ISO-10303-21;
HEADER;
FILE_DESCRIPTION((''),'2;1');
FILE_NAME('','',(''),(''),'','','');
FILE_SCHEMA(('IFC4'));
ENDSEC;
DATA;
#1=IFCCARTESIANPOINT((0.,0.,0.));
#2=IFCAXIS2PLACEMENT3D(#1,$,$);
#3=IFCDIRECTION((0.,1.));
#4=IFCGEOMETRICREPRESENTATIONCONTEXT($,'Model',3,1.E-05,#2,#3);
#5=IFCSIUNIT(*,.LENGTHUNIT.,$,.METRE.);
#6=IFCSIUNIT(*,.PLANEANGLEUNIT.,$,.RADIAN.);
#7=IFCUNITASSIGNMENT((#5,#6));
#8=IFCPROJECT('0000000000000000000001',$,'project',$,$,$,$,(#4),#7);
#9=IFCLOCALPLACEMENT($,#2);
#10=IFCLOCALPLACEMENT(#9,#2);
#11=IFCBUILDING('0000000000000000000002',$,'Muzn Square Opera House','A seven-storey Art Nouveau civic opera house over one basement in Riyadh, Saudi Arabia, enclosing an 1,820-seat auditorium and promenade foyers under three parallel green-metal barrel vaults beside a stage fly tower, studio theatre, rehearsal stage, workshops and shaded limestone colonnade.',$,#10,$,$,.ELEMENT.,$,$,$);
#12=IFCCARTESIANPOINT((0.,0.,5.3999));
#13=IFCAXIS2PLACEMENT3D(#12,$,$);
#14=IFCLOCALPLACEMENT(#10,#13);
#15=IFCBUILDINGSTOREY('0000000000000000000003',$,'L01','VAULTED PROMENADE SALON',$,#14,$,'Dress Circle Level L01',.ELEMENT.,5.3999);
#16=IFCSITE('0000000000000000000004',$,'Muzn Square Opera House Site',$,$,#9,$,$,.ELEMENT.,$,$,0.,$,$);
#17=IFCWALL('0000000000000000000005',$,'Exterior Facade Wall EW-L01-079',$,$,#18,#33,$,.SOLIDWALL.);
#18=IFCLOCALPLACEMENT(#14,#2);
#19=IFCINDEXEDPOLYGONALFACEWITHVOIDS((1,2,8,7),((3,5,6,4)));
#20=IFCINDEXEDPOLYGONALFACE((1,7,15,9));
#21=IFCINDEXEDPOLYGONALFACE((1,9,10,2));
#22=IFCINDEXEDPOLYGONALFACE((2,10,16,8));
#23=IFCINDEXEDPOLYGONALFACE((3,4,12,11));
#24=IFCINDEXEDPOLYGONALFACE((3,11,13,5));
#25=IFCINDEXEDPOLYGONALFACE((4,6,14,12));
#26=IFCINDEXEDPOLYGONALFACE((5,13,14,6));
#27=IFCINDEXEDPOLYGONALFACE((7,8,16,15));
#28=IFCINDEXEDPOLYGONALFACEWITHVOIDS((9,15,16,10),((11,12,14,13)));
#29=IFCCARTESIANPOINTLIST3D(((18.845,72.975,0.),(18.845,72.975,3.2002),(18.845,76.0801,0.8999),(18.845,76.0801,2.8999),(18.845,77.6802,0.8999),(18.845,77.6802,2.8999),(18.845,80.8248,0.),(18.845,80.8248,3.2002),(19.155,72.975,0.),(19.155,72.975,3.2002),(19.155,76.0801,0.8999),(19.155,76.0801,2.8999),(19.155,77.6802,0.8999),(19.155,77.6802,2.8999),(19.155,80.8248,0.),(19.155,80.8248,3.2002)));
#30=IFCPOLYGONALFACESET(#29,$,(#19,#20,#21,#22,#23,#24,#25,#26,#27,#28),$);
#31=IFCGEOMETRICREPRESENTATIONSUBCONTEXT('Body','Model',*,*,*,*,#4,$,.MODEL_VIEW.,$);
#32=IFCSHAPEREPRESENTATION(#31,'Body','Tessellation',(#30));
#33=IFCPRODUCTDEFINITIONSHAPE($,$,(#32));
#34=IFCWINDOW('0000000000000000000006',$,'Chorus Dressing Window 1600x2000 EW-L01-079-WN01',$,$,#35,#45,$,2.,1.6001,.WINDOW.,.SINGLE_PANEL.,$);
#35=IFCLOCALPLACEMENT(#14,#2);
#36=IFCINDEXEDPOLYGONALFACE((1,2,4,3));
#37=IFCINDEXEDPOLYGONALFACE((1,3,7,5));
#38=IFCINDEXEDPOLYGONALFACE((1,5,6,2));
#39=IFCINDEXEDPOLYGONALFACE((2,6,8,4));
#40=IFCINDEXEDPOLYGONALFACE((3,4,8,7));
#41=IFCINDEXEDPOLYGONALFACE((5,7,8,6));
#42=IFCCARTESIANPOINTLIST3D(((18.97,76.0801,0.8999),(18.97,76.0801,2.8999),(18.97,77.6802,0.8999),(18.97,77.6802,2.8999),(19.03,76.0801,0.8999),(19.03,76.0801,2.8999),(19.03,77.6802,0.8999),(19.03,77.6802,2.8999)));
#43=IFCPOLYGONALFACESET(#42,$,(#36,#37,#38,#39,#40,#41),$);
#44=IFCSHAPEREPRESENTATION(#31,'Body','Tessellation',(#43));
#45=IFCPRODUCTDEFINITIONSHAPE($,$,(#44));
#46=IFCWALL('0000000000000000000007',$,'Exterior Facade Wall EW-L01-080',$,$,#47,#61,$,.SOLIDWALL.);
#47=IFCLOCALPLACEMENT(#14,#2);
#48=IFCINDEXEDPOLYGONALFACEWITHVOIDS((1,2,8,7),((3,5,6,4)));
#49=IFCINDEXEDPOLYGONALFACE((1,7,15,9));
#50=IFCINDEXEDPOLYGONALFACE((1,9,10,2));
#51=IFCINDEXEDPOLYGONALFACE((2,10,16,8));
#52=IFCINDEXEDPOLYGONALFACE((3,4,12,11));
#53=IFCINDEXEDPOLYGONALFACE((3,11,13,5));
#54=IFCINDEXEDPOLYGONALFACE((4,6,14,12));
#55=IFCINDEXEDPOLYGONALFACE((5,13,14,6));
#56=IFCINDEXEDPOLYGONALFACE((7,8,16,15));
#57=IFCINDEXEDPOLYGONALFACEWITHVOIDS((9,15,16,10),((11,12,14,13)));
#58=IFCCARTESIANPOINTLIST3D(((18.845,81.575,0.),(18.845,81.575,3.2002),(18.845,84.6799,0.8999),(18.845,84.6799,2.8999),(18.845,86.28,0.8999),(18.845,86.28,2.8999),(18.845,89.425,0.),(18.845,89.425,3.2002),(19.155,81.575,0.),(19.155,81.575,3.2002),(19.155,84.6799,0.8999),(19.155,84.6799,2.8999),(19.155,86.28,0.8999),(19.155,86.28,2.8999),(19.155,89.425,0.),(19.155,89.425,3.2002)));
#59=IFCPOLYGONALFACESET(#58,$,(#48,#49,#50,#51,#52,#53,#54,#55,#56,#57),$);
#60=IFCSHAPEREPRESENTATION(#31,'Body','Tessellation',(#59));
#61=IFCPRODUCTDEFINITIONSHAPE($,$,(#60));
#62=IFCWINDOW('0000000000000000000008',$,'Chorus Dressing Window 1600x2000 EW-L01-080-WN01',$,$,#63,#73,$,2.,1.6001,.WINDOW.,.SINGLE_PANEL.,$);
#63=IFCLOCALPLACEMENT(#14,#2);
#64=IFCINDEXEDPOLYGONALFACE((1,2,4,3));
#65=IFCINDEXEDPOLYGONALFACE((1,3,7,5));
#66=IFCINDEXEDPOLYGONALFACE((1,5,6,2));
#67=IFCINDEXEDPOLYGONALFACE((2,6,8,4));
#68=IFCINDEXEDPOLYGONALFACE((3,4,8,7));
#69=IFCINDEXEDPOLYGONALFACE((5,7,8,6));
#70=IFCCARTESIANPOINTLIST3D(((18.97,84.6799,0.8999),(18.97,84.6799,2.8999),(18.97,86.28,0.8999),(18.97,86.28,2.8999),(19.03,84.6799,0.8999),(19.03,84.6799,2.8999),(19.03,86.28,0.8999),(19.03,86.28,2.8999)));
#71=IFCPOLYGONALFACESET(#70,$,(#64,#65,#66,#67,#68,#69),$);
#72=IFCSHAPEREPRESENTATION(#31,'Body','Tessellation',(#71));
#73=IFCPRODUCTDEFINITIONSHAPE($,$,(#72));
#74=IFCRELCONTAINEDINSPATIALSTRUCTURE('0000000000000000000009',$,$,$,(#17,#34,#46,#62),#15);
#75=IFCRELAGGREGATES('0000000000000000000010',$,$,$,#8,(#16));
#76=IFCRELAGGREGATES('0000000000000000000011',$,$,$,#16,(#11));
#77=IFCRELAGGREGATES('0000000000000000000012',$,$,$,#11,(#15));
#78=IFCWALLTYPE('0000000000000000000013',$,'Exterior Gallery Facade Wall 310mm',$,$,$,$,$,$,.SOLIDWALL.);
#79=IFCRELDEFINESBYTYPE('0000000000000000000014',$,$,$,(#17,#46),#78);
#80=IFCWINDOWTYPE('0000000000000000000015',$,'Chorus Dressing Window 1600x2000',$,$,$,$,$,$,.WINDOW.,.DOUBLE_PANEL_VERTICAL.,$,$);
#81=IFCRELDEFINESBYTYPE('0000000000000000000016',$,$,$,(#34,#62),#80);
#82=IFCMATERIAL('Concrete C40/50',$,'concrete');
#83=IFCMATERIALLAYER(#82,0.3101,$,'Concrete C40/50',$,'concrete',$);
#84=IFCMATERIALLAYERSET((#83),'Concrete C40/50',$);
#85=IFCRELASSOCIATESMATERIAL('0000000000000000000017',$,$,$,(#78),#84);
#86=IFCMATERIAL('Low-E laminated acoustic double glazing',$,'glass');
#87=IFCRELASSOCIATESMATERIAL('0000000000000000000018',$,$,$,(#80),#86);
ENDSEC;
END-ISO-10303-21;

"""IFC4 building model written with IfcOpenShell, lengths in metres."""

from ifc_helpers import new_model, si_unit, direction, frame, frame_2d, origin, place, context, subcontext, project, spatial, rectangle, extrude, material, layer, layer_set, type_object, element, fill, save


model = new_model("IFC4")

# Units and contexts
model_context = context("Model", 3, precision=1e-05, world=origin(), true_north=direction((0.0, 1.0)))
body_context = subcontext(model_context, "Body", "Model", "MODEL_VIEW")
ifc_project = project(units=[si_unit("LENGTHUNIT", "METRE"), si_unit("PLANEANGLEUNIT", "RADIAN")], contexts=[model_context])

# Site, building, storey
site_placement = place(None, origin())
site = spatial("IfcSite", under=ifc_project, at=site_placement, Name="Muzn Square Opera House Site", CompositionType="ELEMENT", RefElevation=0.0)
building_placement = place(site_placement, origin())
building = spatial("IfcBuilding", under=site, at=building_placement, Name="Muzn Square Opera House", Description="A seven-storey Art Nouveau civic opera house over one basement in Riyadh, Saudi Arabia, enclosing an 1,820-seat auditorium and promenade foyers under three parallel green-metal barrel vaults beside a stage fly tower, studio theatre, rehearsal stage, workshops and shaded limestone colonnade.", CompositionType="ELEMENT")
storey_placement = place(building_placement, frame((0.0, 0.0, 5.3999)))
storey = spatial("IfcBuildingStorey", under=building, at=storey_placement, Name="L01", Description="VAULTED PROMENADE SALON", LongName="Dress Circle Level L01", CompositionType="ELEMENT", Elevation=5.3999)

# Shared definitions
ifc_material_1 = material(Name="Concrete C40/50", Category="concrete")

# Walls, openings, windows
ifc_layer = layer(ifc_material_1, 0.3101, Name="Concrete C40/50", Category="concrete")
ifc_layer_set = layer_set([ifc_layer], Name="Concrete C40/50")
wall_type = type_object("IfcWallType", Name="Exterior Gallery Facade Wall 310mm", PredefinedType="SOLIDWALL", material=ifc_layer_set)
wall_1_placement = place(storey_placement, frame((19.0, 72.9751, 0.0), z_axis=(0.0, 0.0, 1.0), x_axis=(0.0, 1.0, 0.0)))
wall_1 = element("IfcWall", 1, at=wall_1_placement, inside=storey, type_object=wall_type, Name="Exterior Facade Wall EW-L01-079", PredefinedType="SOLIDWALL", context=body_context, shape_type="SweptSolid", body=[
    extrude(rectangle(XDim=7.8499, YDim=0.3101, at=frame_2d((3.9248, 0.0))), origin(), (0.0, 0.0, 1.0), 3.2002),
])
opening_1_placement = place(wall_1_placement, frame((3.105, 0.0, 0.8999)))
opening_1 = element("IfcOpeningElement", 2, at=opening_1_placement, cuts=wall_1, PredefinedType="OPENING", context=body_context, shape_type="SweptSolid", body=[
    extrude(rectangle(XDim=1.6001, YDim=2.0, at=frame_2d((0.8, 1.0))), frame((0.0, 0.165, 0.0), z_axis=(0.0, -1.0, 0.0), x_axis=(1.0, 0.0, 0.0)), (0.0, 0.0, 1.0), 0.3301),
])
ifc_material_2 = material(Name="Low-E laminated acoustic double glazing", Category="glass")
window_type = type_object("IfcWindowType", Name="Chorus Dressing Window 1600x2000", PartitioningType="DOUBLE_PANEL_VERTICAL", PredefinedType="WINDOW", material=ifc_material_2)
window_1_placement = place(opening_1_placement, origin())
window_1 = element("IfcWindow", 3, at=window_1_placement, inside=storey, type_object=window_type, Name="Chorus Dressing Window 1600x2000 EW-L01-079-WN01", OverallHeight=2.0, OverallWidth=1.6001, PartitioningType="SINGLE_PANEL", PredefinedType="WINDOW", context=body_context, shape_type="SweptSolid", body=[
    extrude(rectangle(XDim=1.6001, YDim=2.0, at=frame_2d((0.8, 1.0))), frame((0.0, 0.03, 0.0), z_axis=(0.0, -1.0, 0.0), x_axis=(1.0, 0.0, 0.0)), (0.0, 0.0, 1.0), 0.0601),
])
fill(opening_1, window_1)
wall_2_placement = place(storey_placement, frame((19.0, 81.575, 0.0), z_axis=(0.0, 0.0, 1.0), x_axis=(0.0, 1.0, 0.0)))
wall_2 = element("IfcWall", 4, at=wall_2_placement, inside=storey, type_object=wall_type, Name="Exterior Facade Wall EW-L01-080", PredefinedType="SOLIDWALL", context=body_context, shape_type="SweptSolid", body=[
    extrude(rectangle(XDim=7.8501, YDim=0.3101, at=frame_2d((3.925, 0.0))), origin(), (0.0, 0.0, 1.0), 3.2002),
])
opening_2_placement = place(wall_2_placement, frame((3.105, 0.0, 0.8999)))
opening_2 = element("IfcOpeningElement", 5, at=opening_2_placement, cuts=wall_2, PredefinedType="OPENING", context=body_context, shape_type="SweptSolid", body=[
    extrude(rectangle(XDim=1.6001, YDim=2.0, at=frame_2d((0.8, 1.0))), frame((0.0, 0.165, 0.0), z_axis=(0.0, -1.0, 0.0), x_axis=(1.0, 0.0, 0.0)), (0.0, 0.0, 1.0), 0.3301),
])
window_2_placement = place(opening_2_placement, origin())
window_2 = element("IfcWindow", 6, at=window_2_placement, inside=storey, type_object=window_type, Name="Chorus Dressing Window 1600x2000 EW-L01-080-WN01", OverallHeight=2.0, OverallWidth=1.6001, PartitioningType="SINGLE_PANEL", PredefinedType="WINDOW", context=body_context, shape_type="SweptSolid", body=[
    extrude(rectangle(XDim=1.6001, YDim=2.0, at=frame_2d((0.8, 1.0))), frame((0.0, 0.03, 0.0), z_axis=(0.0, -1.0, 0.0), x_axis=(1.0, 0.0, 0.0)), (0.0, 0.0, 1.0), 0.0601),
])
fill(opening_2, window_2)

save(model, "model.ifc")
